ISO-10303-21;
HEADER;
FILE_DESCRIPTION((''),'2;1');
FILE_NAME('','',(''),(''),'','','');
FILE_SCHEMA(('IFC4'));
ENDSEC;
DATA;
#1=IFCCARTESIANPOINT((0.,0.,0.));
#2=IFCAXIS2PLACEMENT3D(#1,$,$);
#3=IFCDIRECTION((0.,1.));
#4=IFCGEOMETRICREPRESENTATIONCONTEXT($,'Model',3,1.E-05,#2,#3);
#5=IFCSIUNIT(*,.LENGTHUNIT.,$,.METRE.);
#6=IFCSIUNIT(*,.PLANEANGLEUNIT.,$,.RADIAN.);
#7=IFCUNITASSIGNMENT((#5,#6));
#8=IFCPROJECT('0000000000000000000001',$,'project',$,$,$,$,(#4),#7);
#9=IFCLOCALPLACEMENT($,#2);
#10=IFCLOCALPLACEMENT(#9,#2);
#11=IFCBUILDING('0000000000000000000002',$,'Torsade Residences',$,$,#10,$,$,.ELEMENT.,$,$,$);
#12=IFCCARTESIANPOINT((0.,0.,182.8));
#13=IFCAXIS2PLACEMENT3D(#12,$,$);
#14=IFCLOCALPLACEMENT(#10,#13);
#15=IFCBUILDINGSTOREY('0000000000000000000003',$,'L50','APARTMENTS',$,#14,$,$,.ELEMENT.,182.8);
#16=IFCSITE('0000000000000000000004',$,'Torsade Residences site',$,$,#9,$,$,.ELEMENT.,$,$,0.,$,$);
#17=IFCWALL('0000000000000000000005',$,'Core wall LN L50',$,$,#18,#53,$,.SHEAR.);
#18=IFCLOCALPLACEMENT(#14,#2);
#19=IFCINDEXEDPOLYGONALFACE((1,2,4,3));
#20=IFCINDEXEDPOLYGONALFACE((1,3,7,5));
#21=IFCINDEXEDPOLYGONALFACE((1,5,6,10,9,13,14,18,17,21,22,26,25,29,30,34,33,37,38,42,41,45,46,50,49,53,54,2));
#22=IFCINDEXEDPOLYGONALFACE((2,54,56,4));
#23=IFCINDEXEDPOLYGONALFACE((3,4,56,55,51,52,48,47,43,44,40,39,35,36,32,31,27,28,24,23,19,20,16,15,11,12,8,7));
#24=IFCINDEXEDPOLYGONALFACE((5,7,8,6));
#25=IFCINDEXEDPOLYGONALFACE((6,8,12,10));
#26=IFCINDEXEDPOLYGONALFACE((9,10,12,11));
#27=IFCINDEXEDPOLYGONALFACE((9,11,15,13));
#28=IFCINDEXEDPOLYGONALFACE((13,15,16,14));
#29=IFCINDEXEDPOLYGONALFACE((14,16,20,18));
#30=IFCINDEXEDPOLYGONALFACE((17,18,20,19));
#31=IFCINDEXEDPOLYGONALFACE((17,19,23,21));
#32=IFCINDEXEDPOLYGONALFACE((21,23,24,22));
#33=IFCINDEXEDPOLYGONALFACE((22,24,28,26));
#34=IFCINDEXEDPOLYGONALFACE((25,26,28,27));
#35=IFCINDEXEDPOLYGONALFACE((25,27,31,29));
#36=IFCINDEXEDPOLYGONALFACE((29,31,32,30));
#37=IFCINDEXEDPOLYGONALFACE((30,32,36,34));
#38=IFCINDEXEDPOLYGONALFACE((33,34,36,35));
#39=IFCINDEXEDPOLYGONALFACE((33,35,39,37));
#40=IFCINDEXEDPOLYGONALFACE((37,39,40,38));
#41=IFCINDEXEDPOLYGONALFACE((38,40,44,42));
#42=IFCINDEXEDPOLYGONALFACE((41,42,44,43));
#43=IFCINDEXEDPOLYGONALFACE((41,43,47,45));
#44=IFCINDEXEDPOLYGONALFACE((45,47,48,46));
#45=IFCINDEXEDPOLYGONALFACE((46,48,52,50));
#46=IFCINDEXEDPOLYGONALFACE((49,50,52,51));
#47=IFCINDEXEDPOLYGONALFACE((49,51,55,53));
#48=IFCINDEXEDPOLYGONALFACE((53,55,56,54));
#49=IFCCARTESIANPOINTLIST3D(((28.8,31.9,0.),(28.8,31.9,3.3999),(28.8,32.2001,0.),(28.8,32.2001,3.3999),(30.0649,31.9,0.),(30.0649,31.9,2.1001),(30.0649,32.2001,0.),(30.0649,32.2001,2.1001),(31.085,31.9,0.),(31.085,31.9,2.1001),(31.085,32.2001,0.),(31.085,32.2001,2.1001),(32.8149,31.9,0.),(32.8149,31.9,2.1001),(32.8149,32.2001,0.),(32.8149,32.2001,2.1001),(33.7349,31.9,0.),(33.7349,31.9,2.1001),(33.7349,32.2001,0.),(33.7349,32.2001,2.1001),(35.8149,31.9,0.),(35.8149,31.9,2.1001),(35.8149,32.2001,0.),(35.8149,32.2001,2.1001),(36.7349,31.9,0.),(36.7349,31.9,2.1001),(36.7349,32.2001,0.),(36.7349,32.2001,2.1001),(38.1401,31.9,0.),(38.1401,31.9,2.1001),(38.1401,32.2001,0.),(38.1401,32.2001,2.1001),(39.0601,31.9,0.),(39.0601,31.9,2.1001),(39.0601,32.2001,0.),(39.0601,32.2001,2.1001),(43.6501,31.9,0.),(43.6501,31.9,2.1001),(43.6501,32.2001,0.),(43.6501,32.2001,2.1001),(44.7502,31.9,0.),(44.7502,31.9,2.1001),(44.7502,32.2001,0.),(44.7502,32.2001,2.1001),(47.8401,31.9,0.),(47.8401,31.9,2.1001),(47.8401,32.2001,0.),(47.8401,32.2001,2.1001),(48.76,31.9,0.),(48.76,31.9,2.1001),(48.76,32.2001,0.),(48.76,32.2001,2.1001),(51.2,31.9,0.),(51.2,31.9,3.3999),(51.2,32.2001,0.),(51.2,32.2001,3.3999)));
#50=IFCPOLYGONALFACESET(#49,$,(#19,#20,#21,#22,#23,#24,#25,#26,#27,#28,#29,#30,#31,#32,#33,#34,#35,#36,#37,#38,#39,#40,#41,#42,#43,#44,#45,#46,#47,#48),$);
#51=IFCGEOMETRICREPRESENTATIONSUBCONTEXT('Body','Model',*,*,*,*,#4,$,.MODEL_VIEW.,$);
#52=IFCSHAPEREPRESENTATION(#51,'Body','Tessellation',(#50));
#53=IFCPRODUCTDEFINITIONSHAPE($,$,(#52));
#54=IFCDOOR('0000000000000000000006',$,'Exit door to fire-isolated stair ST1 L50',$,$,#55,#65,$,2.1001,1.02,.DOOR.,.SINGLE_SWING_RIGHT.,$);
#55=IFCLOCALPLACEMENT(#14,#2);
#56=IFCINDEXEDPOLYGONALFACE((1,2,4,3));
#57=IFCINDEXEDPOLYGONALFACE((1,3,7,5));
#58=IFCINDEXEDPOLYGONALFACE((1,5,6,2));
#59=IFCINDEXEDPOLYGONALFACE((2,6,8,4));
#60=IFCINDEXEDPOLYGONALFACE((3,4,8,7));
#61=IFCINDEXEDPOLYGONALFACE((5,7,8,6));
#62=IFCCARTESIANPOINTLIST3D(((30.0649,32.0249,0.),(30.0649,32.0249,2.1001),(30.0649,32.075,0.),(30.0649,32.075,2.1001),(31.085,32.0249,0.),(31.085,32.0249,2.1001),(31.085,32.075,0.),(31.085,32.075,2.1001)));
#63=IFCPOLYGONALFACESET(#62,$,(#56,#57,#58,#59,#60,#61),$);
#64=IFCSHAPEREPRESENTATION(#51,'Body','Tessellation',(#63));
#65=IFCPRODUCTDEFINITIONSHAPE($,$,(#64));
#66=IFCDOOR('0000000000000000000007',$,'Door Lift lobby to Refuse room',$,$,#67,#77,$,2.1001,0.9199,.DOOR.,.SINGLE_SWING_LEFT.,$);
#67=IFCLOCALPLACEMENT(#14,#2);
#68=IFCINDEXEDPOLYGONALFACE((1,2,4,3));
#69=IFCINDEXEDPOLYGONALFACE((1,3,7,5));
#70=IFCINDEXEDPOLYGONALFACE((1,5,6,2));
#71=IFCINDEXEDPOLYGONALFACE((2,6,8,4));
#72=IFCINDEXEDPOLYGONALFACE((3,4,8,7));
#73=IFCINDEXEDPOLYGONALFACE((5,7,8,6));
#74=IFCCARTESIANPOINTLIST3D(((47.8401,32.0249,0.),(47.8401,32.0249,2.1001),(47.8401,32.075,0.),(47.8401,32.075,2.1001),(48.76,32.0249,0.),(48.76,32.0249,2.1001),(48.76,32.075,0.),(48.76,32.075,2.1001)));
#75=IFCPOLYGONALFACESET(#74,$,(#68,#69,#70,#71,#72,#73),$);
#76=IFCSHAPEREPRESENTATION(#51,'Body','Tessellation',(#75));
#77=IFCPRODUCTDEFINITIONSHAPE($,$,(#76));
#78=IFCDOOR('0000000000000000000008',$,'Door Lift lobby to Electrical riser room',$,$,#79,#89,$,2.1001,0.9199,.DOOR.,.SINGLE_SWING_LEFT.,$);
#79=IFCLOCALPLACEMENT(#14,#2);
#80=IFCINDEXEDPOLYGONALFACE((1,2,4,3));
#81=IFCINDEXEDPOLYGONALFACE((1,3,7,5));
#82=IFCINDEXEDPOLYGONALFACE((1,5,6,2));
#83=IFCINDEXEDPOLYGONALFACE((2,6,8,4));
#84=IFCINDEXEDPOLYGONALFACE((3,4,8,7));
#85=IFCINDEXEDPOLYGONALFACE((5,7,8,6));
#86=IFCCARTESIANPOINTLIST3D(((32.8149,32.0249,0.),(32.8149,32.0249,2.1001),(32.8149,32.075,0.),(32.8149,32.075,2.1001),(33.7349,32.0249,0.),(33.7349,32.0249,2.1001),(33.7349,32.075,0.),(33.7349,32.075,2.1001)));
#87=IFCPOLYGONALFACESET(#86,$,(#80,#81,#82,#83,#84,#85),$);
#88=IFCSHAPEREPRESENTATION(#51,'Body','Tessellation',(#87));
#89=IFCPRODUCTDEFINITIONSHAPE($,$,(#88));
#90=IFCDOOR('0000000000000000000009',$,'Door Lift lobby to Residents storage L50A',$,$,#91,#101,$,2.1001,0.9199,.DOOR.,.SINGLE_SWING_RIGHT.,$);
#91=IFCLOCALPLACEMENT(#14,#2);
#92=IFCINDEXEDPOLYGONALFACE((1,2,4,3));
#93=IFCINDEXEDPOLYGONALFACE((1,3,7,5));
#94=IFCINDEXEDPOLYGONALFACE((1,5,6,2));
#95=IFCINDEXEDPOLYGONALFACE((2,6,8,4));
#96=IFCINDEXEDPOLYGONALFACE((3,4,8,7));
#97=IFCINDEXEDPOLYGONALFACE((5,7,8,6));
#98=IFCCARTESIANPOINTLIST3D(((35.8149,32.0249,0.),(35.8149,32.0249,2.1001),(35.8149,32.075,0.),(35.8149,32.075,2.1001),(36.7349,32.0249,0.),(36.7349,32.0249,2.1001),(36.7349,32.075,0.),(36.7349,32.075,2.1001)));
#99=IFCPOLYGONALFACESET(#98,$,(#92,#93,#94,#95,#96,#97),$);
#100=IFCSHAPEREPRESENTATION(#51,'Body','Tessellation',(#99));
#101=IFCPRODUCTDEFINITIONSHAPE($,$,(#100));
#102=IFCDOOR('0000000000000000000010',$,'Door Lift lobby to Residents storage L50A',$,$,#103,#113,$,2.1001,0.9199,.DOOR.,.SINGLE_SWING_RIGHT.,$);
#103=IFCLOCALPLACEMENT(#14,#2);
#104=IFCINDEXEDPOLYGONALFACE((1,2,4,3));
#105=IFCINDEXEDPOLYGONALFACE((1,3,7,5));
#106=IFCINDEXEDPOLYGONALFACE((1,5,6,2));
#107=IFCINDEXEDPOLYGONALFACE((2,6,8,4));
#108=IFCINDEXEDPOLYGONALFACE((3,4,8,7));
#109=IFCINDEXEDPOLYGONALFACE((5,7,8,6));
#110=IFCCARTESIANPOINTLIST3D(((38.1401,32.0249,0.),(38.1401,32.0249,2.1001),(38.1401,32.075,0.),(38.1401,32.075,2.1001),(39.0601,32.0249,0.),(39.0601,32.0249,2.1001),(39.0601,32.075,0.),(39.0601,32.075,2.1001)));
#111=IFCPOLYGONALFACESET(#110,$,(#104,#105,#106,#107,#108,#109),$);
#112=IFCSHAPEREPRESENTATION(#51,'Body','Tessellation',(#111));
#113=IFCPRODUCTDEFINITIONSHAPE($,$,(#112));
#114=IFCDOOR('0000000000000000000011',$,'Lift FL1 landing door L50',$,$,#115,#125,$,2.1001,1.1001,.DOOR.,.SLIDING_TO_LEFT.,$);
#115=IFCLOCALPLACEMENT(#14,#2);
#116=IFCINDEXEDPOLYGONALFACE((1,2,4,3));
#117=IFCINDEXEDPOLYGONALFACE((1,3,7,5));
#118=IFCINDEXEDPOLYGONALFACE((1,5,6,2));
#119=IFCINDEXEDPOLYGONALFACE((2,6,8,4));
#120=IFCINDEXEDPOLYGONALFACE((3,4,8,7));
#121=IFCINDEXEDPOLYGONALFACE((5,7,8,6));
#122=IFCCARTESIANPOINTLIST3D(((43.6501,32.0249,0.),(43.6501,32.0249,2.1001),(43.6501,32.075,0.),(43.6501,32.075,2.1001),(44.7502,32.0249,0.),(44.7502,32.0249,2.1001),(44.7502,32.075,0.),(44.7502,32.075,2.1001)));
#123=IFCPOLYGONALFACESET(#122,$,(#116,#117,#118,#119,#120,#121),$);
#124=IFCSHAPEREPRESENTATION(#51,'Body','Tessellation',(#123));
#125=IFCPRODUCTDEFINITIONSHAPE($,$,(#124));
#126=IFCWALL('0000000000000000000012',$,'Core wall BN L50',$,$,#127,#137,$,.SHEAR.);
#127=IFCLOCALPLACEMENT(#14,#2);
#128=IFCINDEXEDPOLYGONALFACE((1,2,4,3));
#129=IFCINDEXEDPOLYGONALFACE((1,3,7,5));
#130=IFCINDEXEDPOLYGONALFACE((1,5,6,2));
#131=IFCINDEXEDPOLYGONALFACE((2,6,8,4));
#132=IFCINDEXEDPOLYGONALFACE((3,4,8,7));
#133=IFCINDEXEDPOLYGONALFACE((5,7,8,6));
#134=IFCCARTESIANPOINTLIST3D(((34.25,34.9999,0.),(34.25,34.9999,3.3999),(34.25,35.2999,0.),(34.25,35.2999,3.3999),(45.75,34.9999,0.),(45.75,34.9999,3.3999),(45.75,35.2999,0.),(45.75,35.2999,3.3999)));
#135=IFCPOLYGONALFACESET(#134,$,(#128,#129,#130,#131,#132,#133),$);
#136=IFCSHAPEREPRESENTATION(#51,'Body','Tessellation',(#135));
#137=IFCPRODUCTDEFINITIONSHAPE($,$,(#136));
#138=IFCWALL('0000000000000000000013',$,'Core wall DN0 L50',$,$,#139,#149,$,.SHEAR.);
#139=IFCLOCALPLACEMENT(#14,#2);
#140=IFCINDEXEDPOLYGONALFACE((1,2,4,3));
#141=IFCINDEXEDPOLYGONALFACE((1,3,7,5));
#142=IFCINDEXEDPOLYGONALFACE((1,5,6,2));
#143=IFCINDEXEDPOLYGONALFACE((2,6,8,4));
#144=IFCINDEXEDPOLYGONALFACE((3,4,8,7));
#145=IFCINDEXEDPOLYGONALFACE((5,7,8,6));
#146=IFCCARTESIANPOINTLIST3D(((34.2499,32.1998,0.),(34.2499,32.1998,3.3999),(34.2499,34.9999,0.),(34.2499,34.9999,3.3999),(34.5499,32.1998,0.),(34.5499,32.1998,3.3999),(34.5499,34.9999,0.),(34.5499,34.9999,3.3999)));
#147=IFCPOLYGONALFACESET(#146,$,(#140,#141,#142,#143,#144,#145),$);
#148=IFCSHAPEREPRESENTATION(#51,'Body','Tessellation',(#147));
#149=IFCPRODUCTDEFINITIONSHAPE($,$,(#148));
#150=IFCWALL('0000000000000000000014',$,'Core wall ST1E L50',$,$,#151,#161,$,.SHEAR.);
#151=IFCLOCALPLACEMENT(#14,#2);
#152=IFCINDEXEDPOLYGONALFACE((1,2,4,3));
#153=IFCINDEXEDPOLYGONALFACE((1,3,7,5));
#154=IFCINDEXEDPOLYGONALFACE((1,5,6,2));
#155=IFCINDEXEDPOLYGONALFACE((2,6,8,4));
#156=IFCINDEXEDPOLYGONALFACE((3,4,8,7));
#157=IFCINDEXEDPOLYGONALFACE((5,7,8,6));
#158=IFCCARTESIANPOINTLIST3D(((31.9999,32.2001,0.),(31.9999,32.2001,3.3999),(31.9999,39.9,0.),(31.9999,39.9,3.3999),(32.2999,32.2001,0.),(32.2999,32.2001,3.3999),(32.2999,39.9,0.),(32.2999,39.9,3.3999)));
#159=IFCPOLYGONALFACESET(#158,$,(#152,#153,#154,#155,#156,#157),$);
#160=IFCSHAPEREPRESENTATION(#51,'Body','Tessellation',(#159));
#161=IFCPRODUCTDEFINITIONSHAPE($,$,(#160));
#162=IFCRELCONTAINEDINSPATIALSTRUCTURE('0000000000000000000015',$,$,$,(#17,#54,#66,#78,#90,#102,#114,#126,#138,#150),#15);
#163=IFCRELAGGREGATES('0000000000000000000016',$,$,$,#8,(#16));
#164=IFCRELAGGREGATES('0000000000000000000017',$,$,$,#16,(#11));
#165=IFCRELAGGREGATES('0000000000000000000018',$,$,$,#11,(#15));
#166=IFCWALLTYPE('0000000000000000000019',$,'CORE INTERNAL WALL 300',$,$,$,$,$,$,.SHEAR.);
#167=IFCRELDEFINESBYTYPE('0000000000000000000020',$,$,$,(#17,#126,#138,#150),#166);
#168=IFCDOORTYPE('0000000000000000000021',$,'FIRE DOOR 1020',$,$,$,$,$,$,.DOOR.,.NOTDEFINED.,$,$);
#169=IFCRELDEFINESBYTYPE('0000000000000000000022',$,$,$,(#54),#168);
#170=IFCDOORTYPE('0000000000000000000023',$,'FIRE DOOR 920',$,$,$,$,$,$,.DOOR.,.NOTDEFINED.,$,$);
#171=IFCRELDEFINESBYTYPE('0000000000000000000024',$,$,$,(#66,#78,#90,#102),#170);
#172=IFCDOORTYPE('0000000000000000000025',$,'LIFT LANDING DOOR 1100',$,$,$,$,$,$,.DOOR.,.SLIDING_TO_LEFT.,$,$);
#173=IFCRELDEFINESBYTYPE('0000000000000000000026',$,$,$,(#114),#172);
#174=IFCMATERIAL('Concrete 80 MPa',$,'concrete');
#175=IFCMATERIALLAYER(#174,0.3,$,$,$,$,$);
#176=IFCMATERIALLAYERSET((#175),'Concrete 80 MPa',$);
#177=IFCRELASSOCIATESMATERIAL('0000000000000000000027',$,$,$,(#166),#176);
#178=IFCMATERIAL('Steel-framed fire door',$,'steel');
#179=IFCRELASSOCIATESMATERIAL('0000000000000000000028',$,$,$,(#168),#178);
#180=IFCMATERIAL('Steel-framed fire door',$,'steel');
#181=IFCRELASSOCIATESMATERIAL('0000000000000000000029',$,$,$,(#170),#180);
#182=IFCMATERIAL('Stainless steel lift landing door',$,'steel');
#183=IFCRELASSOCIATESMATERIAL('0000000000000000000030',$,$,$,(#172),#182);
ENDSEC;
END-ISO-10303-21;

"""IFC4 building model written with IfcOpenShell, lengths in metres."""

from ifc_helpers import new_model, si_unit, direction, frame, frame_2d, origin, place, context, subcontext, project, spatial, rectangle, extrude, material, layer, layer_set, type_object, element, fill, save


model = new_model("IFC4")

# Units and contexts
model_context = context("Model", 3, precision=1e-05, world=origin(), true_north=direction((0.0, 1.0)))
body_context = subcontext(model_context, "Body", "Model", "MODEL_VIEW")
ifc_project = project(units=[si_unit("LENGTHUNIT", "METRE"), si_unit("PLANEANGLEUNIT", "RADIAN")], contexts=[model_context])

# Site, building, storey
site_placement = place(None, origin())
site = spatial("IfcSite", under=ifc_project, at=site_placement, Name="Torsade Residences site", CompositionType="ELEMENT", RefElevation=0.0)
building_placement = place(site_placement, origin())
building = spatial("IfcBuilding", under=site, at=building_placement, Name="Torsade Residences", CompositionType="ELEMENT")
storey_placement = place(building_placement, frame((0.0, 0.0, 182.8)))
storey = spatial("IfcBuildingStorey", under=building, at=storey_placement, Name="L50", Description="APARTMENTS", CompositionType="ELEMENT", Elevation=182.8)

# Wall, openings, doors
ifc_material_1 = material(Name="Concrete 80 MPa", Category="concrete")
ifc_layer_1 = layer(ifc_material_1, 0.3)
ifc_layer_set_1 = layer_set([ifc_layer_1], Name="Concrete 80 MPa")
wall_type_1 = type_object("IfcWallType", Name="CORE INTERNAL WALL 300", PredefinedType="SHEAR", material=ifc_layer_set_1)
wall_1_placement = place(storey_placement, frame((28.8, 32.05, 0.0), z_axis=(0.0, 0.0, 1.0), x_axis=(1.0, 0.0, 0.0)))
wall_1 = element("IfcWall", 1, at=wall_1_placement, inside=storey, type_object=wall_type_1, Name="Core wall LN L50", PredefinedType="SHEAR", context=body_context, shape_type="SweptSolid", body=[
    extrude(rectangle(XDim=22.3999, YDim=0.3, at=frame_2d((11.2, 0.0))), origin(), (0.0, 0.0, 1.0), 3.3999),
])
opening_1_placement = place(wall_1_placement, frame((19.04, 0.0, 0.0)))
opening_1 = element("IfcOpeningElement", 2, at=opening_1_placement, cuts=wall_1, PredefinedType="OPENING", context=body_context, shape_type="SweptSolid", body=[
    extrude(rectangle(XDim=0.9199, YDim=2.1001, at=frame_2d((0.46, 1.05))), frame((0.0, 0.1599, 0.0), z_axis=(0.0, -1.0, 0.0), x_axis=(1.0, 0.0, 0.0)), (0.0, 0.0, 1.0), 0.3201),
])
opening_2_placement = place(wall_1_placement, frame((1.2649, 0.0, 0.0)))
opening_2 = element("IfcOpeningElement", 3, at=opening_2_placement, cuts=wall_1, PredefinedType="OPENING", context=body_context, shape_type="SweptSolid", body=[
    extrude(rectangle(XDim=1.02, YDim=2.1001, at=frame_2d((0.51, 1.05))), frame((0.0, 0.1599, 0.0), z_axis=(0.0, -1.0, 0.0), x_axis=(1.0, 0.0, 0.0)), (0.0, 0.0, 1.0), 0.3201),
])
opening_3_placement = place(wall_1_placement, frame((4.0149, 0.0, 0.0)))
opening_3 = element("IfcOpeningElement", 4, at=opening_3_placement, cuts=wall_1, PredefinedType="OPENING", context=body_context, shape_type="SweptSolid", body=[
    extrude(rectangle(XDim=0.9199, YDim=2.1001, at=frame_2d((0.46, 1.05))), frame((0.0, 0.1599, 0.0), z_axis=(0.0, -1.0, 0.0), x_axis=(1.0, 0.0, 0.0)), (0.0, 0.0, 1.0), 0.3201),
])
opening_4_placement = place(wall_1_placement, frame((7.0149, 0.0, 0.0)))
opening_4 = element("IfcOpeningElement", 5, at=opening_4_placement, cuts=wall_1, PredefinedType="OPENING", context=body_context, shape_type="SweptSolid", body=[
    extrude(rectangle(XDim=0.9199, YDim=2.1001, at=frame_2d((0.46, 1.05))), frame((0.0, 0.1599, 0.0), z_axis=(0.0, -1.0, 0.0), x_axis=(1.0, 0.0, 0.0)), (0.0, 0.0, 1.0), 0.3201),
])
opening_5_placement = place(wall_1_placement, frame((9.3401, 0.0, 0.0)))
opening_5 = element("IfcOpeningElement", 6, at=opening_5_placement, cuts=wall_1, PredefinedType="OPENING", context=body_context, shape_type="SweptSolid", body=[
    extrude(rectangle(XDim=0.9199, YDim=2.1001, at=frame_2d((0.46, 1.05))), frame((0.0, 0.1599, 0.0), z_axis=(0.0, -1.0, 0.0), x_axis=(1.0, 0.0, 0.0)), (0.0, 0.0, 1.0), 0.3201),
])
opening_6_placement = place(wall_1_placement, frame((14.8501, 0.0, 0.0)))
opening_6 = element("IfcOpeningElement", 7, at=opening_6_placement, cuts=wall_1, PredefinedType="OPENING", context=body_context, shape_type="SweptSolid", body=[
    extrude(rectangle(XDim=1.1001, YDim=2.1001, at=frame_2d((0.55, 1.05))), frame((0.0, 0.1599, 0.0), z_axis=(0.0, -1.0, 0.0), x_axis=(1.0, 0.0, 0.0)), (0.0, 0.0, 1.0), 0.3201),
])
ifc_material_2 = material(Name="Steel-framed fire door", Category="steel")
door_type_1 = type_object("IfcDoorType", Name="FIRE DOOR 1020", OperationType="NOTDEFINED", PredefinedType="DOOR", material=ifc_material_2)
door_1_placement = place(opening_2_placement, origin())
door_1 = element("IfcDoor", 8, at=door_1_placement, inside=storey, type_object=door_type_1, Name="Exit door to fire-isolated stair ST1 L50", OperationType="SINGLE_SWING_RIGHT", OverallHeight=2.1001, OverallWidth=1.02, PredefinedType="DOOR", context=body_context, shape_type="SweptSolid", body=[
    extrude(rectangle(XDim=1.02, YDim=2.1001, at=frame_2d((0.51, 1.05))), frame((0.0, 0.0249, 0.0), z_axis=(0.0, -1.0, 0.0), x_axis=(1.0, 0.0, 0.0)), (0.0, 0.0, 1.0), 0.05),
])
fill(opening_2, door_1)
ifc_material_3 = material(Name="Steel-framed fire door", Category="steel")
door_type_2 = type_object("IfcDoorType", Name="FIRE DOOR 920", OperationType="NOTDEFINED", PredefinedType="DOOR", material=ifc_material_3)
door_2_placement = place(opening_1_placement, origin())
door_2 = element("IfcDoor", 9, at=door_2_placement, inside=storey, type_object=door_type_2, Name="Door Lift lobby to Refuse room", OperationType="SINGLE_SWING_LEFT", OverallHeight=2.1001, OverallWidth=0.9199, PredefinedType="DOOR", context=body_context, shape_type="SweptSolid", body=[
    extrude(rectangle(XDim=0.9199, YDim=2.1001, at=frame_2d((0.46, 1.05))), frame((0.0, 0.0249, 0.0), z_axis=(0.0, -1.0, 0.0), x_axis=(1.0, 0.0, 0.0)), (0.0, 0.0, 1.0), 0.05),
])
fill(opening_1, door_2)
door_3_placement = place(opening_3_placement, origin())
door_3 = element("IfcDoor", 10, at=door_3_placement, inside=storey, type_object=door_type_2, Name="Door Lift lobby to Electrical riser room", OperationType="SINGLE_SWING_LEFT", OverallHeight=2.1001, OverallWidth=0.9199, PredefinedType="DOOR", context=body_context, shape_type="SweptSolid", body=[
    extrude(rectangle(XDim=0.9199, YDim=2.1001, at=frame_2d((0.46, 1.05))), frame((0.0, 0.0249, 0.0), z_axis=(0.0, -1.0, 0.0), x_axis=(1.0, 0.0, 0.0)), (0.0, 0.0, 1.0), 0.05),
])
fill(opening_3, door_3)
door_4_placement = place(opening_4_placement, origin())
door_4 = element("IfcDoor", 11, at=door_4_placement, inside=storey, type_object=door_type_2, Name="Door Lift lobby to Residents storage L50A", OperationType="SINGLE_SWING_RIGHT", OverallHeight=2.1001, OverallWidth=0.9199, PredefinedType="DOOR", context=body_context, shape_type="SweptSolid", body=[
    extrude(rectangle(XDim=0.9199, YDim=2.1001, at=frame_2d((0.46, 1.05))), frame((0.0, 0.0249, 0.0), z_axis=(0.0, -1.0, 0.0), x_axis=(1.0, 0.0, 0.0)), (0.0, 0.0, 1.0), 0.05),
])
fill(opening_4, door_4)
door_5_placement = place(opening_5_placement, origin())
door_5 = element("IfcDoor", 12, at=door_5_placement, inside=storey, type_object=door_type_2, Name="Door Lift lobby to Residents storage L50A", OperationType="SINGLE_SWING_RIGHT", OverallHeight=2.1001, OverallWidth=0.9199, PredefinedType="DOOR", context=body_context, shape_type="SweptSolid", body=[
    extrude(rectangle(XDim=0.9199, YDim=2.1001, at=frame_2d((0.46, 1.05))), frame((0.0, 0.0249, 0.0), z_axis=(0.0, -1.0, 0.0), x_axis=(1.0, 0.0, 0.0)), (0.0, 0.0, 1.0), 0.05),
])
fill(opening_5, door_5)
ifc_material_4 = material(Name="Stainless steel lift landing door", Category="steel")
door_type_3 = type_object("IfcDoorType", Name="LIFT LANDING DOOR 1100", OperationType="SLIDING_TO_LEFT", PredefinedType="DOOR", material=ifc_material_4)
door_6_placement = place(opening_6_placement, origin())
door_6 = element("IfcDoor", 13, at=door_6_placement, inside=storey, type_object=door_type_3, Name="Lift FL1 landing door L50", OperationType="SLIDING_TO_LEFT", OverallHeight=2.1001, OverallWidth=1.1001, PredefinedType="DOOR", context=body_context, shape_type="SweptSolid", body=[
    extrude(rectangle(XDim=1.1001, YDim=2.1001, at=frame_2d((0.55, 1.05))), frame((0.0, 0.0249, 0.0), z_axis=(0.0, -1.0, 0.0), x_axis=(1.0, 0.0, 0.0)), (0.0, 0.0, 1.0), 0.05),
])
fill(opening_6, door_6)

# Walls
wall_2_placement = place(storey_placement, frame((34.25, 35.1499, 0.0), z_axis=(0.0, 0.0, 1.0), x_axis=(1.0, 0.0, 0.0)))
element("IfcWall", 14, at=wall_2_placement, inside=storey, type_object=wall_type_1, Name="Core wall BN L50", PredefinedType="SHEAR", context=body_context, shape_type="SweptSolid", body=[
    extrude(rectangle(XDim=11.5, YDim=0.3, at=frame_2d((5.75, 0.0))), origin(), (0.0, 0.0, 1.0), 3.3999),
])
wall_3_placement = place(storey_placement, frame((34.3999, 32.2, 0.0), z_axis=(0.0, 0.0, 1.0), x_axis=(0.0, 1.0, 0.0)))
element("IfcWall", 15, at=wall_3_placement, inside=storey, type_object=wall_type_1, Name="Core wall DN0 L50", PredefinedType="SHEAR", context=body_context, shape_type="SweptSolid", body=[
    extrude(rectangle(XDim=2.8, YDim=0.3, at=frame_2d((1.3999, 0.0))), origin(), (0.0, 0.0, 1.0), 3.3999),
])
wall_4_placement = place(storey_placement, frame((32.1499, 32.2, 0.0), z_axis=(0.0, 0.0, 1.0), x_axis=(0.0, 1.0, 0.0)))
element("IfcWall", 16, at=wall_4_placement, inside=storey, type_object=wall_type_1, Name="Core wall ST1E L50", PredefinedType="SHEAR", context=body_context, shape_type="SweptSolid", body=[
    extrude(rectangle(XDim=7.7, YDim=0.3, at=frame_2d((3.8501, 0.0))), origin(), (0.0, 0.0, 1.0), 3.3999),
])

save(model, "model.ifc")
